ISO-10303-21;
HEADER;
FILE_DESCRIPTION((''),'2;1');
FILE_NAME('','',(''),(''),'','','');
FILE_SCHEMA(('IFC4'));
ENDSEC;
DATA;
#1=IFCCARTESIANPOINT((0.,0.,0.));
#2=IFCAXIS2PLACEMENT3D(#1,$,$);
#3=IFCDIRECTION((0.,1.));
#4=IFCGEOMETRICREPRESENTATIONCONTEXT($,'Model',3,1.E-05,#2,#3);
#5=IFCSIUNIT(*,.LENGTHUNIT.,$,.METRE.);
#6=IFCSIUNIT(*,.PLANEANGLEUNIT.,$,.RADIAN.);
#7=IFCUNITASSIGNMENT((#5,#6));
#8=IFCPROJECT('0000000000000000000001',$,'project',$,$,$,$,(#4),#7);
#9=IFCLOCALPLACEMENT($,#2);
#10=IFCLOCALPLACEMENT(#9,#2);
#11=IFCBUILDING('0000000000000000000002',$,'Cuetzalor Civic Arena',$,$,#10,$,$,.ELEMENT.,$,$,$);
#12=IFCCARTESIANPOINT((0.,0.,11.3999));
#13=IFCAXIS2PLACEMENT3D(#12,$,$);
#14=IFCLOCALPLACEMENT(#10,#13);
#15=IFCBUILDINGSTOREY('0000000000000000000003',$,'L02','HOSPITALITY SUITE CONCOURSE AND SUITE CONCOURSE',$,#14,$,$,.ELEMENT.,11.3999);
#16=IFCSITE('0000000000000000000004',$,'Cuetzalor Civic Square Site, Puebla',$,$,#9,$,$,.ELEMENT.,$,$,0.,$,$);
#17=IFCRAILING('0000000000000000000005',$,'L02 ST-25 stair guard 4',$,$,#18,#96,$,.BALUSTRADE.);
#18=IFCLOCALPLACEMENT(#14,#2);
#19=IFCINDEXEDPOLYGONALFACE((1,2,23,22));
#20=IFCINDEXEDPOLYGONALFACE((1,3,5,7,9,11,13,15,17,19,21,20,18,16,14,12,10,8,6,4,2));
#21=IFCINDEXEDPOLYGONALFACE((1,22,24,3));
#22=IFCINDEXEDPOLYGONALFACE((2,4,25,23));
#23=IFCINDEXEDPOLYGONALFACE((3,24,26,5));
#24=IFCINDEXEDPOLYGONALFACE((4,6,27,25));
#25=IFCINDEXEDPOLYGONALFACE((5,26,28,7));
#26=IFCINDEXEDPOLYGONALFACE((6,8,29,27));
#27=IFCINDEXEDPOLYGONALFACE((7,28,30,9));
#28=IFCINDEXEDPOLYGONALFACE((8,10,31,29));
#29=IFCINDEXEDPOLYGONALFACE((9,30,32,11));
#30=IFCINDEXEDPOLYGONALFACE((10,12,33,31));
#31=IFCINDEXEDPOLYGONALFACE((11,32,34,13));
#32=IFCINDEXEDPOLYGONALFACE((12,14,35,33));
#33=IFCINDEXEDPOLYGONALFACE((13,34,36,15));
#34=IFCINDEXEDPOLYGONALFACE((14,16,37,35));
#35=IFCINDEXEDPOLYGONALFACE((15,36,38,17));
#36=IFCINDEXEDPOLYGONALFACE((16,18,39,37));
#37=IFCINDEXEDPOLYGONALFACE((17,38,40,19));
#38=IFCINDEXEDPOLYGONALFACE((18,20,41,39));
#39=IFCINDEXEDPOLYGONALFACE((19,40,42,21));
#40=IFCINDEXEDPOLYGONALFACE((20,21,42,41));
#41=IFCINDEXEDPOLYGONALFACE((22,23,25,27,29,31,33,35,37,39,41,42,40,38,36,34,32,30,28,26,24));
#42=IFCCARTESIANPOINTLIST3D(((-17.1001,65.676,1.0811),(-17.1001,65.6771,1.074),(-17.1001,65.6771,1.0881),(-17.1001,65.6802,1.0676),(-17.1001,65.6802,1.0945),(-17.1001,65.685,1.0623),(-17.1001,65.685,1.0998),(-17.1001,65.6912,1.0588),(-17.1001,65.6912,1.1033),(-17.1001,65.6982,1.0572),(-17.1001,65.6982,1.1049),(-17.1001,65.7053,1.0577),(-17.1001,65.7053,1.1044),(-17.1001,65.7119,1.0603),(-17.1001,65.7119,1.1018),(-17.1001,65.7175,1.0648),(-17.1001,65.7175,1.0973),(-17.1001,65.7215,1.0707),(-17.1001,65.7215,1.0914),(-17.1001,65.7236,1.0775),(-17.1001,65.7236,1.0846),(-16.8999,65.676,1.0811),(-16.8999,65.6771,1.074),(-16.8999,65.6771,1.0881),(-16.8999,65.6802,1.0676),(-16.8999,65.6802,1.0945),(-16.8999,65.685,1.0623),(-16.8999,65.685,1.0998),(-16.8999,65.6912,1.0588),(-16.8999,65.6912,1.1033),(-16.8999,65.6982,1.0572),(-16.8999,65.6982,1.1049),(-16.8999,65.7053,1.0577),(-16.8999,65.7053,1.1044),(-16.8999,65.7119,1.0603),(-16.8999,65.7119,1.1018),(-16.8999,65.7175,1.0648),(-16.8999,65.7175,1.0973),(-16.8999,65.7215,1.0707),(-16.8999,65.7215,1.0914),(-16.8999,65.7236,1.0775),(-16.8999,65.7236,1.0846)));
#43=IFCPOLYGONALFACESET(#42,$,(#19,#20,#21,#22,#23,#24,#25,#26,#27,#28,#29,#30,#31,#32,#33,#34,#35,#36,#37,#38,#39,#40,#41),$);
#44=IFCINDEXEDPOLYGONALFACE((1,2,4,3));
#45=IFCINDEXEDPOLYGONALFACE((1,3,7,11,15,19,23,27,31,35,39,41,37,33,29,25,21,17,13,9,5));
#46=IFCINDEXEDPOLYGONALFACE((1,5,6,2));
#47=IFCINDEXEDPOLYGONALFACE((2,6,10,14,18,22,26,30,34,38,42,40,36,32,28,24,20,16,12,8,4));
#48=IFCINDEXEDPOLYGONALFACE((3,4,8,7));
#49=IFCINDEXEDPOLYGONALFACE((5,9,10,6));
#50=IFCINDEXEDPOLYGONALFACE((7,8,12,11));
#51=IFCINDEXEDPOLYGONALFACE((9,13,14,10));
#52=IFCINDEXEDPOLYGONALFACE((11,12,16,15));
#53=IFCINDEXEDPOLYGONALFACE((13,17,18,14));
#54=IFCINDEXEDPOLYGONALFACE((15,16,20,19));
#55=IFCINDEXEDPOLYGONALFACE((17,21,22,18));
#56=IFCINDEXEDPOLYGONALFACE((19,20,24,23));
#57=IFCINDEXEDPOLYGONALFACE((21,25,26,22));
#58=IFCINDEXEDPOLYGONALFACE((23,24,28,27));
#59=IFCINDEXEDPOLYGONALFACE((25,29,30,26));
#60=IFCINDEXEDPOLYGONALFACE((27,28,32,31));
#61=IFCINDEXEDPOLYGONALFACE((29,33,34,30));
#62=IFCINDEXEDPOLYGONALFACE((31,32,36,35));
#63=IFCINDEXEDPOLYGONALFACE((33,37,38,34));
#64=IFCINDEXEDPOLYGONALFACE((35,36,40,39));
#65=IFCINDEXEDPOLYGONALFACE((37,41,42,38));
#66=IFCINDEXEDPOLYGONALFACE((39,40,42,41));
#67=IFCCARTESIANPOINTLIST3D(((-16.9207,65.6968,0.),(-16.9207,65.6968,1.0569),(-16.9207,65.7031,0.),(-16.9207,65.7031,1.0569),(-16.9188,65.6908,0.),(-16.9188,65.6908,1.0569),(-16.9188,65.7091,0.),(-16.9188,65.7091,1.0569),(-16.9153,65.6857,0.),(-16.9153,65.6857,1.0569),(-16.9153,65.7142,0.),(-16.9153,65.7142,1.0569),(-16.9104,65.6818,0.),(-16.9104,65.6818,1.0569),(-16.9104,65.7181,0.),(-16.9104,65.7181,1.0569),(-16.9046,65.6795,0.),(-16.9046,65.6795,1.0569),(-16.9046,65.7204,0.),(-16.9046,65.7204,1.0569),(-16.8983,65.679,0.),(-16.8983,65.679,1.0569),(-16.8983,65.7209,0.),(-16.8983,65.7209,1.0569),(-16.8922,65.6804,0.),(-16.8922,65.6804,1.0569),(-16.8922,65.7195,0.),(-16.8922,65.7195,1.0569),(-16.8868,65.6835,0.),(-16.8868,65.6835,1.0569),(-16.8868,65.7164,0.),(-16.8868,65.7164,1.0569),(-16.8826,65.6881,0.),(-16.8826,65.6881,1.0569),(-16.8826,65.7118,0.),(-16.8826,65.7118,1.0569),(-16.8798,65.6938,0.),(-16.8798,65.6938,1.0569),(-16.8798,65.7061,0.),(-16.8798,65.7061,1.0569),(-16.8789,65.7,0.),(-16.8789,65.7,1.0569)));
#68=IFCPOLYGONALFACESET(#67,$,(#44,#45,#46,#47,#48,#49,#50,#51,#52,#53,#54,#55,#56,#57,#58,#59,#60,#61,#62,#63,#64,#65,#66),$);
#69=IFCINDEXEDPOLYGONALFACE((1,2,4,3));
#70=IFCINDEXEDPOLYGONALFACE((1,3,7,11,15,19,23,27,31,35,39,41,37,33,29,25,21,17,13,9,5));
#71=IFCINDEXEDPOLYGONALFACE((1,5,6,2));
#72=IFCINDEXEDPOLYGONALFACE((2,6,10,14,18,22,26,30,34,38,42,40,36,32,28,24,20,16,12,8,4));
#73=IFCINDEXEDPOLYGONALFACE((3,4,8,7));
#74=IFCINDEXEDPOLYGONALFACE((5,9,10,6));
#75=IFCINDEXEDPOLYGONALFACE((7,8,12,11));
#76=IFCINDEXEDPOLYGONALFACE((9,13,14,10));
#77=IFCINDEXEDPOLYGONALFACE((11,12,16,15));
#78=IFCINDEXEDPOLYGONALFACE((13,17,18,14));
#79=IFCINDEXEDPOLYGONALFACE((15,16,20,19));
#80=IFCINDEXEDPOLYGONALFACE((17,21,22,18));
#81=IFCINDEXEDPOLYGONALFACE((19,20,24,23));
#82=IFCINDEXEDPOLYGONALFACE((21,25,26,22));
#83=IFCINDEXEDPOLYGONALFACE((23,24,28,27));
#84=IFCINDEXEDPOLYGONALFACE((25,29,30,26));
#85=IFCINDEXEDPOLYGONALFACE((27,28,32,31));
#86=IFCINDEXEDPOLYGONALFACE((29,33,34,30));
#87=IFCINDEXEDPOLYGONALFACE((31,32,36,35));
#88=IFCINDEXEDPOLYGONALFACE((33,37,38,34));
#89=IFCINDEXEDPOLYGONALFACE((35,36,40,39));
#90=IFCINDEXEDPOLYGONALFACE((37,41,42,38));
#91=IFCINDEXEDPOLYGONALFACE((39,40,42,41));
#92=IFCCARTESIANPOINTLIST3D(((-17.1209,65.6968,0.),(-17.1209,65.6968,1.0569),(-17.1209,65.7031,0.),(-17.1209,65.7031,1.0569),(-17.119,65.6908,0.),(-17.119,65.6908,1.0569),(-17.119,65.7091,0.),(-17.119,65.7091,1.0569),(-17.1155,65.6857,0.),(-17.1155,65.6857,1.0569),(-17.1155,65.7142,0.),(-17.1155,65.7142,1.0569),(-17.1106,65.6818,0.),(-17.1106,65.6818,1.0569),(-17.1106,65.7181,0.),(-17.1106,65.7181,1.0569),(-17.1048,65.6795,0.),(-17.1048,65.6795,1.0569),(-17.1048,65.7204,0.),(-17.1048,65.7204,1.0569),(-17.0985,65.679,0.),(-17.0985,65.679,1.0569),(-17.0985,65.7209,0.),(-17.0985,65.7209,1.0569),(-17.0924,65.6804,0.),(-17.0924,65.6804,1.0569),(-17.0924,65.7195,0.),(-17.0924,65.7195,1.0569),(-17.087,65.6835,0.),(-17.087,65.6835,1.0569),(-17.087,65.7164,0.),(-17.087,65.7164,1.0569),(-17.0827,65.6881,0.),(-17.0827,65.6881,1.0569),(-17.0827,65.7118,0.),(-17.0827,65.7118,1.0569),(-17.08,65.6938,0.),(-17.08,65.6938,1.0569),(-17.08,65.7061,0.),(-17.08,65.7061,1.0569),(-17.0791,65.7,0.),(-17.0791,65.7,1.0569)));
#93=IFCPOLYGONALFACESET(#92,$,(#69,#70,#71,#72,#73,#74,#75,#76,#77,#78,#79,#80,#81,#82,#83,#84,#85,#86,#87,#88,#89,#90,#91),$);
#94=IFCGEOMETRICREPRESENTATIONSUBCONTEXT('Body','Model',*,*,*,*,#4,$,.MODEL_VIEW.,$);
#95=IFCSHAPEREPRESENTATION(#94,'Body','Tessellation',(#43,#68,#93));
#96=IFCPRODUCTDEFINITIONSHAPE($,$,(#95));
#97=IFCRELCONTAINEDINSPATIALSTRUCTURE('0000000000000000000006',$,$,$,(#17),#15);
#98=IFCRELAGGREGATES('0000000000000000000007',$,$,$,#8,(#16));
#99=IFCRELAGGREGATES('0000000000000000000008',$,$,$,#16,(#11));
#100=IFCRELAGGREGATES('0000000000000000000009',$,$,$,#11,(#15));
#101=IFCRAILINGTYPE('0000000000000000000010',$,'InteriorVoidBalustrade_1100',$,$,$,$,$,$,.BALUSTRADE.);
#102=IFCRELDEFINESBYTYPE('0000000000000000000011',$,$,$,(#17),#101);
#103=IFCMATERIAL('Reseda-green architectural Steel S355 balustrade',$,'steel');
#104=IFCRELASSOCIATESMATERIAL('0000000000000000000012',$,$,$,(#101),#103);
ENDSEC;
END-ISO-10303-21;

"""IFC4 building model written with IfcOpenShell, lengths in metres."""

from ifc_helpers import new_model, si_unit, direction, frame, origin, origin_2d, place, context, subcontext, project, spatial, circle, extrude, material, type_object, element, save


model = new_model("IFC4")

# Units and contexts
model_context = context("Model", 3, precision=1e-05, world=origin(), true_north=direction((0.0, 1.0)))
body_context = subcontext(model_context, "Body", "Model", "MODEL_VIEW")
ifc_project = project(units=[si_unit("LENGTHUNIT", "METRE"), si_unit("PLANEANGLEUNIT", "RADIAN")], contexts=[model_context])

# Site, building, storey
site_placement = place(None, origin())
site = spatial("IfcSite", under=ifc_project, at=site_placement, Name="Cuetzalor Civic Square Site, Puebla", CompositionType="ELEMENT", RefElevation=0.0)
building_placement = place(site_placement, origin())
building = spatial("IfcBuilding", under=site, at=building_placement, Name="Cuetzalor Civic Arena", CompositionType="ELEMENT")
storey_placement = place(building_placement, frame((0.0, 0.0, 11.3999)))
storey = spatial("IfcBuildingStorey", under=building, at=storey_placement, Name="L02", Description="HOSPITALITY SUITE CONCOURSE AND SUITE CONCOURSE", CompositionType="ELEMENT", Elevation=11.3999)

# Railing
ifc_material_1 = material(Name="Reseda-green architectural Steel S355 balustrade", Category="steel")
railing_type_1 = type_object("IfcRailingType", Name="InteriorVoidBalustrade_1100", PredefinedType="BALUSTRADE", material=ifc_material_1)
railing_1_placement = place(storey_placement, frame((-16.8999, 65.7, 0.0)))
element("IfcRailing", 1, at=railing_1_placement, inside=storey, type_object=railing_type_1, Name="L02 ST-25 stair guard 4", PredefinedType="BALUSTRADE", context=body_context, shape_type="SweptSolid", body=[
    extrude(circle(Radius=0.0239, at=origin_2d()), frame((0.0, 0.0, 1.0811), z_axis=(-1.0, 0.0, 0.0), x_axis=(0.0, -1.0, 0.0)), (0.0, 0.0, 1.0), 0.2002),
    extrude(circle(Radius=0.021, at=origin_2d()), origin(), (0.0, 0.0, 1.0), 1.0569),
    extrude(circle(Radius=0.021, at=origin_2d()), frame((-0.2002, 0.0, 0.0)), (0.0, 0.0, 1.0), 1.0569),
])

save(model, "model.ifc")
